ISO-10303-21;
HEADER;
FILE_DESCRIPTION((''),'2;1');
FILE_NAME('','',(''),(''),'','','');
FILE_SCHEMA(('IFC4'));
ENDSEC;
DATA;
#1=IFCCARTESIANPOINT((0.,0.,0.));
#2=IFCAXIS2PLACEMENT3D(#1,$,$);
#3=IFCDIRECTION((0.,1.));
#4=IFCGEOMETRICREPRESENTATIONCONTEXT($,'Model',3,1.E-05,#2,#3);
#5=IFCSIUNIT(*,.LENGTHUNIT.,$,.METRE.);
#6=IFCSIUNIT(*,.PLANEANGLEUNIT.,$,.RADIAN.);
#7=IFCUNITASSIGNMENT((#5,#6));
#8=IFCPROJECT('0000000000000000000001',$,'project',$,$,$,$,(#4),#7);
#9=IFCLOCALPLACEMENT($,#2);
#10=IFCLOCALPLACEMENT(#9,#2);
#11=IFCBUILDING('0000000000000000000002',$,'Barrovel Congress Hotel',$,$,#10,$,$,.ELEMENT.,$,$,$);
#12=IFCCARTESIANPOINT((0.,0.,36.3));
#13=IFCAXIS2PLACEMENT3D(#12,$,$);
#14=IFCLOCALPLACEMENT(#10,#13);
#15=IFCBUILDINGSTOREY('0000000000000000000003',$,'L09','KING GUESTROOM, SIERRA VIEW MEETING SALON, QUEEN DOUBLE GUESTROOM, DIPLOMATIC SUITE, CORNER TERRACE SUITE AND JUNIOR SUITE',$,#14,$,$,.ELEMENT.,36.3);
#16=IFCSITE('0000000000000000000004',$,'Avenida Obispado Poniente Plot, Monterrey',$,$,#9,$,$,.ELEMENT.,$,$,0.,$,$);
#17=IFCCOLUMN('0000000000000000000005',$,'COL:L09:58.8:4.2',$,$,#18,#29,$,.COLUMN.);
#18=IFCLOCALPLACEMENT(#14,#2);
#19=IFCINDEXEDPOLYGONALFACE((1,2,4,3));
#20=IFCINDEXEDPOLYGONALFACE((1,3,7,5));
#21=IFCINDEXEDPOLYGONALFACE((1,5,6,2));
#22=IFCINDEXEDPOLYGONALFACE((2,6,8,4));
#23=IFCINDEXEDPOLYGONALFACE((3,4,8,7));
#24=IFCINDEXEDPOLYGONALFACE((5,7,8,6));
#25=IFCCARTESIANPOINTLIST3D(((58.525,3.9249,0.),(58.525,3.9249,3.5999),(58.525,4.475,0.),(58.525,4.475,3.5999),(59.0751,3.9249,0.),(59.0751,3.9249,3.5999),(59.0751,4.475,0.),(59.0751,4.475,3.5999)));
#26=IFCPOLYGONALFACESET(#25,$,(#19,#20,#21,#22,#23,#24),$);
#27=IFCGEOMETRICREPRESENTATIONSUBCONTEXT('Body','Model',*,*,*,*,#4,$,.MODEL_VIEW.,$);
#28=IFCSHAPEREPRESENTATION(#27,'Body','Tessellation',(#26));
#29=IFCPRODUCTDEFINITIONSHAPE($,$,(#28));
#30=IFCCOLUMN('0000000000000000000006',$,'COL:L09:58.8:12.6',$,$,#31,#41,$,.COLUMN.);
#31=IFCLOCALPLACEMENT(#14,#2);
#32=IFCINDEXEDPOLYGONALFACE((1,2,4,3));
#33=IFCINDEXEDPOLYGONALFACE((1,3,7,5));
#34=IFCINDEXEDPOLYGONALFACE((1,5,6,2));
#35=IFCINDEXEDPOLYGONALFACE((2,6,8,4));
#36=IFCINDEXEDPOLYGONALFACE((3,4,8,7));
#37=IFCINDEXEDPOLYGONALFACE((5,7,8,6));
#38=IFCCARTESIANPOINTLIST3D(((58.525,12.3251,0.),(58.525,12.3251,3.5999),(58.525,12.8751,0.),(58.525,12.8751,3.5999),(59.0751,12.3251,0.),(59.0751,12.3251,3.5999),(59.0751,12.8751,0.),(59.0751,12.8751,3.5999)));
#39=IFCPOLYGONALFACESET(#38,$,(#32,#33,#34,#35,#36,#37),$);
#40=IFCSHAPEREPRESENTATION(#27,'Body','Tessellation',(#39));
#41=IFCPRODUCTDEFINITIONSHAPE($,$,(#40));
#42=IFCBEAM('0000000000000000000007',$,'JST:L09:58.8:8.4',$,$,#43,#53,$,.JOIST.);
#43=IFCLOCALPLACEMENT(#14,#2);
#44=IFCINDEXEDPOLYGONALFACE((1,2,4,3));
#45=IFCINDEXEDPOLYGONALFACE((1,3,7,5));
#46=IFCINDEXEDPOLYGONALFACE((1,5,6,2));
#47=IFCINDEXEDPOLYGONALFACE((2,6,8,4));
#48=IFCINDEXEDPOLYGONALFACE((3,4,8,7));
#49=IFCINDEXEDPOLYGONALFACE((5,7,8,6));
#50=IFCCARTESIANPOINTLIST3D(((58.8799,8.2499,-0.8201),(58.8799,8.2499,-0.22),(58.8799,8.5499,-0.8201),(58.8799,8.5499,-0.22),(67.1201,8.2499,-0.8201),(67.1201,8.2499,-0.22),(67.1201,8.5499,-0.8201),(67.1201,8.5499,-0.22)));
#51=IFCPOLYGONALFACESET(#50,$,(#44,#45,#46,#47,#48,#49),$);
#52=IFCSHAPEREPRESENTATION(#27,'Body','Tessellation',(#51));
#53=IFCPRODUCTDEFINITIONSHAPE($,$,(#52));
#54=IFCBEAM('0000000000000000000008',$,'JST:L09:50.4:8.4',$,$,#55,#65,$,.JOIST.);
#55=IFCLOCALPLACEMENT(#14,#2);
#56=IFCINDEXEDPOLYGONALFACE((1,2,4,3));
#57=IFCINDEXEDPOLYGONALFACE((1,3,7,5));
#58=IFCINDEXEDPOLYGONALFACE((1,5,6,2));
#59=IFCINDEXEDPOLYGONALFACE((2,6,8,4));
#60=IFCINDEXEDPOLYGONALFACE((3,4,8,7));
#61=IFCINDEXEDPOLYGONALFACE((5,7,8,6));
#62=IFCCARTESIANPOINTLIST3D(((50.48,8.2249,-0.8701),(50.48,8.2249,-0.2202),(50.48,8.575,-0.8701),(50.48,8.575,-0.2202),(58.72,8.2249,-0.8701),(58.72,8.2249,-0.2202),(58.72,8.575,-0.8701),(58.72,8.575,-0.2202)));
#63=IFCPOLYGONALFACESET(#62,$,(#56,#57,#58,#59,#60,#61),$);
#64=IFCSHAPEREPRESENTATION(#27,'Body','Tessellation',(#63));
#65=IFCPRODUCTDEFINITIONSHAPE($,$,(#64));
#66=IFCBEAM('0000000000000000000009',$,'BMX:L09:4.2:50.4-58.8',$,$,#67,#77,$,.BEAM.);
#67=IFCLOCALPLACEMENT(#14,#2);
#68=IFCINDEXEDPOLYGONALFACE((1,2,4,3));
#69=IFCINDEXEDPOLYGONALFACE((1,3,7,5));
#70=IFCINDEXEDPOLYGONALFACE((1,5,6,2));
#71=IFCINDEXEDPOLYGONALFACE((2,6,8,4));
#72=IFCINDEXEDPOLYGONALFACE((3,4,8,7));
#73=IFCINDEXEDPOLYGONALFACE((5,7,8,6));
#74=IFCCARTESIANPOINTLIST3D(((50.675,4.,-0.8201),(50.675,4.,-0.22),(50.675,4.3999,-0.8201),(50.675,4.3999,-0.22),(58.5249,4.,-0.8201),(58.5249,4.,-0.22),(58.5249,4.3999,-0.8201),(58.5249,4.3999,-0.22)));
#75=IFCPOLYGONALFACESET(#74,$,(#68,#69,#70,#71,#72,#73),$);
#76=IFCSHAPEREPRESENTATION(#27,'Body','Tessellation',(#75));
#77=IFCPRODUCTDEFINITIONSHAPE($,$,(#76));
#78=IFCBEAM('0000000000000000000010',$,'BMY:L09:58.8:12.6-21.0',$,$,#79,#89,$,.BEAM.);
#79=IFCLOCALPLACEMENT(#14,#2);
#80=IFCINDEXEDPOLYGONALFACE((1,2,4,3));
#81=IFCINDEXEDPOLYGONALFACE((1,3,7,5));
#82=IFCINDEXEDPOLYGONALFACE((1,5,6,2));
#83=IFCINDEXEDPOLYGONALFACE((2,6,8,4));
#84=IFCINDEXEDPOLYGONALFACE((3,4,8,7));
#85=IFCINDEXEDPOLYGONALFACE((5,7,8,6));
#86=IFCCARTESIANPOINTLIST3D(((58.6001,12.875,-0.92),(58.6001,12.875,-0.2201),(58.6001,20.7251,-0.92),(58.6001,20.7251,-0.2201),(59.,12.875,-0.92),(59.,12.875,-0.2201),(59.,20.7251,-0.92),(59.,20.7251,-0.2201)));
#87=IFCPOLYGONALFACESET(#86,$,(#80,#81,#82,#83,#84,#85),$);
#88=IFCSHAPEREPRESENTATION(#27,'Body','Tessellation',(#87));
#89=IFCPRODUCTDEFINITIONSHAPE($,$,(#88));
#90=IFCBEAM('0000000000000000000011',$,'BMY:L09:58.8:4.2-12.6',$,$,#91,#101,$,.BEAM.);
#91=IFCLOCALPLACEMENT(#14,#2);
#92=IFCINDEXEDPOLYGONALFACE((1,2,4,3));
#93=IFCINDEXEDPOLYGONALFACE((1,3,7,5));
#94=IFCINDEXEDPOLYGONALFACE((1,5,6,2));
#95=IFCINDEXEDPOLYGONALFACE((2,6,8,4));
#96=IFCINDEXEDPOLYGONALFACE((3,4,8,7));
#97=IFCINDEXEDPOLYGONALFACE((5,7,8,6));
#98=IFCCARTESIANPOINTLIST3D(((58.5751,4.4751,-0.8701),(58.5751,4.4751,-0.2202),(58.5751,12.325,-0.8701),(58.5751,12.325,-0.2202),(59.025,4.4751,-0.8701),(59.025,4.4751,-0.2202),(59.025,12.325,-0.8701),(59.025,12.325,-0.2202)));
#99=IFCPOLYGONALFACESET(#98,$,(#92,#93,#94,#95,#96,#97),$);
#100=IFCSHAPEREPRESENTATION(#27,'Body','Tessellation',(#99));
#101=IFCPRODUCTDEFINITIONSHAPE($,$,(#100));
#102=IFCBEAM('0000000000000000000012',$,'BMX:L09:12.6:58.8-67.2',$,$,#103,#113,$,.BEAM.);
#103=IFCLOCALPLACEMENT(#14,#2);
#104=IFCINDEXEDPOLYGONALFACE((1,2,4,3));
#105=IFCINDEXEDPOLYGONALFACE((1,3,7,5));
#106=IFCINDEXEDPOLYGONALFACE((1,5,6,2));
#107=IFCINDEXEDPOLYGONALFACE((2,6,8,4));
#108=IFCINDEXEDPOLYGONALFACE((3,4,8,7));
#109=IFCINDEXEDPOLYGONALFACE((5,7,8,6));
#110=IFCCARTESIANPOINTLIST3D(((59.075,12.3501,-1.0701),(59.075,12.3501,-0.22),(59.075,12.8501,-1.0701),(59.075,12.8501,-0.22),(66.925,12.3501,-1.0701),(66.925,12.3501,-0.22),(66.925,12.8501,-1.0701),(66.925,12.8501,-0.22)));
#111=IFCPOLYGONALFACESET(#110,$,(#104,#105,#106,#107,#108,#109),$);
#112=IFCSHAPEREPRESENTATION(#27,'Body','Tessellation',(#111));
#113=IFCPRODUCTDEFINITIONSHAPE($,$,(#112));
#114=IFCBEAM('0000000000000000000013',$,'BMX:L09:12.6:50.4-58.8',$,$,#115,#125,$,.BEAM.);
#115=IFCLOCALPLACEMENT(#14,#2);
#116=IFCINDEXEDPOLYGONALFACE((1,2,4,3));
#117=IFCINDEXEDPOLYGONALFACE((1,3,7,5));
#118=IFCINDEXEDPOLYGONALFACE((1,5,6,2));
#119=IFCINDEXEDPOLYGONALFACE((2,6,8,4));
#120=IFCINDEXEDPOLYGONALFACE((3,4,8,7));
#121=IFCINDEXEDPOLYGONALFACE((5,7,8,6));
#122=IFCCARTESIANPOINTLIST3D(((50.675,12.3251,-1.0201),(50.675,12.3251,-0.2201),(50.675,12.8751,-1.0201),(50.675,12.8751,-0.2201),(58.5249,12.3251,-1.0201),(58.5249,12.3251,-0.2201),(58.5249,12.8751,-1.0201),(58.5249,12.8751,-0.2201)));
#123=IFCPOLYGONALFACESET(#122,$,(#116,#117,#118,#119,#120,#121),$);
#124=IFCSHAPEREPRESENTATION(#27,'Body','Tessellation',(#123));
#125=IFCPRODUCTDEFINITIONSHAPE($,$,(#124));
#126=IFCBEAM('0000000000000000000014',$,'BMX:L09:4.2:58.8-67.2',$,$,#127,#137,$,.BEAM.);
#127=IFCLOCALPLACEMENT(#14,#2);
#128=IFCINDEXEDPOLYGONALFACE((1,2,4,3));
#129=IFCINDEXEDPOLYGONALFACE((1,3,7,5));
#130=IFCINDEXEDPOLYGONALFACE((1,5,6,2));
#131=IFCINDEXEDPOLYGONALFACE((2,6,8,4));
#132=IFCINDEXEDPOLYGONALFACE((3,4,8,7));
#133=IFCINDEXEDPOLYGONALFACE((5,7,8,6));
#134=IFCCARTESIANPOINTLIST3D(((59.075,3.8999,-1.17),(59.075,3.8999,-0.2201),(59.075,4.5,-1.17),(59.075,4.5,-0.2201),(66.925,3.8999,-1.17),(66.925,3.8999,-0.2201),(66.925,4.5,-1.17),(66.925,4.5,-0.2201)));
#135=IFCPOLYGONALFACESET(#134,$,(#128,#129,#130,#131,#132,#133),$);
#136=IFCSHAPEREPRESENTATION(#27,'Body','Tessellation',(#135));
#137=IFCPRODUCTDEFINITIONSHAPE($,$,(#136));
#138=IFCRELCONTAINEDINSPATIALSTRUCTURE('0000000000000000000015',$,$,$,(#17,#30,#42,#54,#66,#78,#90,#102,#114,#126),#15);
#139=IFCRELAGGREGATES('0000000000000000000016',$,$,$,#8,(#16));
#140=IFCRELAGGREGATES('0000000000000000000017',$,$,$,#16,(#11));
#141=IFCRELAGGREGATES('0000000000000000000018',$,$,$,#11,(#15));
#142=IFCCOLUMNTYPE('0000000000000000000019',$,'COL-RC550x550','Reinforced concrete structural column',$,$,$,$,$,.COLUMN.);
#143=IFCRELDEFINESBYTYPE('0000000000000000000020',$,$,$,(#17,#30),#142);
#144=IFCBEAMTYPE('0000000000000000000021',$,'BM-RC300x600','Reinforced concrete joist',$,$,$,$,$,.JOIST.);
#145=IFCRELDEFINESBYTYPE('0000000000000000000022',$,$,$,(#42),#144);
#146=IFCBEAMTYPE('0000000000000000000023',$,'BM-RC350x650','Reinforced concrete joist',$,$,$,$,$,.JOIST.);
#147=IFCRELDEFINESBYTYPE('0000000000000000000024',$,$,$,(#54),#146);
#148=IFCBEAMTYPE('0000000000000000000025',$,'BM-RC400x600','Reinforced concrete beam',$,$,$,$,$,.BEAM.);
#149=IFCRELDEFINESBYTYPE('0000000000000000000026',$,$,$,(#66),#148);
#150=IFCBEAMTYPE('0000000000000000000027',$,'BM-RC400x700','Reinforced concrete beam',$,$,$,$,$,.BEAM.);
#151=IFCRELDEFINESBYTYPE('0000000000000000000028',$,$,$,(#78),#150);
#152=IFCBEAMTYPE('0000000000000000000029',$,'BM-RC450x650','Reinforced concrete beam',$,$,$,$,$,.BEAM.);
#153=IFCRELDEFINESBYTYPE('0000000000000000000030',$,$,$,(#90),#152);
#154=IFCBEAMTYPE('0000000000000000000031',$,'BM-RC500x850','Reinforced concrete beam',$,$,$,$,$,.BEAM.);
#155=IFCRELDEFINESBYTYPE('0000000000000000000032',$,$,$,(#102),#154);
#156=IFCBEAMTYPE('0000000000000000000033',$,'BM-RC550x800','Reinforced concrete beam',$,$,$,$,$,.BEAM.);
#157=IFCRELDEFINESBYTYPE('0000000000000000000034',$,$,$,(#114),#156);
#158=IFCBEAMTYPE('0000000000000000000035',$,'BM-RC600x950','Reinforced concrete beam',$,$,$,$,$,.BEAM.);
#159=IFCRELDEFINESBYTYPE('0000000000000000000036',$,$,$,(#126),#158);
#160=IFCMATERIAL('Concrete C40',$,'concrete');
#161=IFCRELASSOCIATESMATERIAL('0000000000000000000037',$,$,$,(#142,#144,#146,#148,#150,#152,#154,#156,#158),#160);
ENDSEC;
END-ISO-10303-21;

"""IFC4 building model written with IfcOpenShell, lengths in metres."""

from ifc_helpers import new_model, si_unit, direction, frame, origin, origin_2d, place, context, subcontext, project, spatial, rectangle, extrude, material, material_profile, profile_set, type_object, element, save


model = new_model("IFC4")

# Units and contexts
model_context = context("Model", 3, precision=1e-05, world=origin(), true_north=direction((0.0, 1.0)))
body_context = subcontext(model_context, "Body", "Model", "MODEL_VIEW")
ifc_project = project(units=[si_unit("LENGTHUNIT", "METRE"), si_unit("PLANEANGLEUNIT", "RADIAN")], contexts=[model_context])

# Site, building, storey
site_placement = place(None, origin())
site = spatial("IfcSite", under=ifc_project, at=site_placement, Name="Avenida Obispado Poniente Plot, Monterrey", CompositionType="ELEMENT", RefElevation=0.0)
building_placement = place(site_placement, origin())
building = spatial("IfcBuilding", under=site, at=building_placement, Name="Barrovel Congress Hotel", CompositionType="ELEMENT")
storey_placement = place(building_placement, frame((0.0, 0.0, 36.3)))
storey = spatial("IfcBuildingStorey", under=building, at=storey_placement, Name="L09", Description="KING GUESTROOM, SIERRA VIEW MEETING SALON, QUEEN DOUBLE GUESTROOM, DIPLOMATIC SUITE, CORNER TERRACE SUITE AND JUNIOR SUITE", CompositionType="ELEMENT", Elevation=36.3)

# Columns
ifc_material_1 = material(Name="Concrete C40", Category="concrete")
ifc_material_profile_1 = material_profile(ifc_material_1, rectangle(XDim=0.55, YDim=0.55, at=origin_2d()), Name="RC550x550")
ifc_profile_set_1 = profile_set([ifc_material_profile_1], Name="Concrete C40")
column_type = type_object("IfcColumnType", Name="COL-RC550x550", Description="Reinforced concrete structural column", PredefinedType="COLUMN", material=ifc_profile_set_1)
for number, where, z_axis, x_axis, name in (
    (1, (58.8, 4.2, 0.0), (0.0, 0.0, 1.0), (1.0, 0.0, 0.0), "COL:L09:58.8:4.2"),
    (2, (58.8, 12.6001, 0.0), (0.0, 0.0, 1.0), (1.0, 0.0, 0.0), "COL:L09:58.8:12.6"),
):
    element("IfcColumn", number, at=place(storey_placement, frame(where, z_axis=z_axis, x_axis=x_axis)), inside=storey, type_object=column_type, Name=name, PredefinedType="COLUMN", context=body_context, shape_type="SweptSolid", body=[
        extrude(rectangle(XDim=0.55, YDim=0.55, at=origin_2d()), origin(), (0.0, 0.0, 1.0), 3.5999),
    ])

# Beams
ifc_material_profile_2 = material_profile(ifc_material_1, rectangle(XDim=0.3, YDim=0.6001, at=origin_2d()), Name="RC300x600")
ifc_profile_set_2 = profile_set([ifc_material_profile_2], Name="Concrete C40")
beam_type_1 = type_object("IfcBeamType", Name="BM-RC300x600", Description="Reinforced concrete joist", PredefinedType="JOIST", material=ifc_profile_set_2)
beam_1_placement = place(storey_placement, frame((58.8799, 8.3999, -0.52), z_axis=(1.0, 0.0, 0.0), x_axis=(0.0, 1.0, 0.0)))
element("IfcBeam", 3, at=beam_1_placement, inside=storey, type_object=beam_type_1, Name="JST:L09:58.8:8.4", PredefinedType="JOIST", context=body_context, shape_type="SweptSolid", body=[
    extrude(rectangle(XDim=0.3, YDim=0.6001, at=origin_2d()), origin(), (0.0, 0.0, 1.0), 8.2402),
])
ifc_material_profile_3 = material_profile(ifc_material_1, rectangle(XDim=0.3501, YDim=0.6499, at=origin_2d()), Name="RC350x650")
ifc_profile_set_3 = profile_set([ifc_material_profile_3], Name="Concrete C40")
beam_type_2 = type_object("IfcBeamType", Name="BM-RC350x650", Description="Reinforced concrete joist", PredefinedType="JOIST", material=ifc_profile_set_3)
beam_2_placement = place(storey_placement, frame((50.48, 8.3999, -0.5452), z_axis=(1.0, 0.0, 0.0), x_axis=(0.0, 1.0, 0.0)))
element("IfcBeam", 4, at=beam_2_placement, inside=storey, type_object=beam_type_2, Name="JST:L09:50.4:8.4", PredefinedType="JOIST", context=body_context, shape_type="SweptSolid", body=[
    extrude(rectangle(XDim=0.3501, YDim=0.6499, at=origin_2d()), origin(), (0.0, 0.0, 1.0), 8.24),
])
ifc_material_profile_4 = material_profile(ifc_material_1, rectangle(XDim=0.3999, YDim=0.6001, at=origin_2d()), Name="RC400x600")
ifc_profile_set_4 = profile_set([ifc_material_profile_4], Name="Concrete C40")
beam_type_3 = type_object("IfcBeamType", Name="BM-RC400x600", Description="Reinforced concrete beam", PredefinedType="BEAM", material=ifc_profile_set_4)
beam_3_placement = place(storey_placement, frame((50.675, 4.2, -0.52), z_axis=(1.0, 0.0, 0.0), x_axis=(0.0, 1.0, 0.0)))
element("IfcBeam", 5, at=beam_3_placement, inside=storey, type_object=beam_type_3, Name="BMX:L09:4.2:50.4-58.8", PredefinedType="BEAM", context=body_context, shape_type="SweptSolid", body=[
    extrude(rectangle(XDim=0.3999, YDim=0.6001, at=origin_2d()), origin(), (0.0, 0.0, 1.0), 7.8499),
])
ifc_material_profile_5 = material_profile(ifc_material_1, rectangle(XDim=0.3999, YDim=0.7, at=origin_2d()), Name="RC400x700")
ifc_profile_set_5 = profile_set([ifc_material_profile_5], Name="Concrete C40")
beam_type_4 = type_object("IfcBeamType", Name="BM-RC400x700", Description="Reinforced concrete beam", PredefinedType="BEAM", material=ifc_profile_set_5)
beam_4_placement = place(storey_placement, frame((58.8, 12.875, -0.5701), z_axis=(0.0, 1.0, 0.0), x_axis=(-1.0, 0.0, 0.0)))
element("IfcBeam", 6, at=beam_4_placement, inside=storey, type_object=beam_type_4, Name="BMY:L09:58.8:12.6-21.0", PredefinedType="BEAM", context=body_context, shape_type="SweptSolid", body=[
    extrude(rectangle(XDim=0.3999, YDim=0.7, at=origin_2d()), origin(), (0.0, 0.0, 1.0), 7.8501),
])
ifc_material_profile_6 = material_profile(ifc_material_1, rectangle(XDim=0.45, YDim=0.6499, at=origin_2d()), Name="RC450x650")
ifc_profile_set_6 = profile_set([ifc_material_profile_6], Name="Concrete C40")
beam_type_5 = type_object("IfcBeamType", Name="BM-RC450x650", Description="Reinforced concrete beam", PredefinedType="BEAM", material=ifc_profile_set_6)
beam_5_placement = place(storey_placement, frame((58.8, 4.4751, -0.5452), z_axis=(0.0, 1.0, 0.0), x_axis=(-1.0, 0.0, 0.0)))
element("IfcBeam", 7, at=beam_5_placement, inside=storey, type_object=beam_type_5, Name="BMY:L09:58.8:4.2-12.6", PredefinedType="BEAM", context=body_context, shape_type="SweptSolid", body=[
    extrude(rectangle(XDim=0.45, YDim=0.6499, at=origin_2d()), origin(), (0.0, 0.0, 1.0), 7.8499),
])
ifc_material_profile_7 = material_profile(ifc_material_1, rectangle(XDim=0.5, YDim=0.8501, at=origin_2d()), Name="RC500x850")
ifc_profile_set_7 = profile_set([ifc_material_profile_7], Name="Concrete C40")
beam_type_6 = type_object("IfcBeamType", Name="BM-RC500x850", Description="Reinforced concrete beam", PredefinedType="BEAM", material=ifc_profile_set_7)
beam_6_placement = place(storey_placement, frame((59.075, 12.6001, -0.645), z_axis=(1.0, 0.0, 0.0), x_axis=(0.0, 1.0, 0.0)))
element("IfcBeam", 8, at=beam_6_placement, inside=storey, type_object=beam_type_6, Name="BMX:L09:12.6:58.8-67.2", PredefinedType="BEAM", context=body_context, shape_type="SweptSolid", body=[
    extrude(rectangle(XDim=0.5, YDim=0.8501, at=origin_2d()), origin(), (0.0, 0.0, 1.0), 7.8501),
])
ifc_material_profile_8 = material_profile(ifc_material_1, rectangle(XDim=0.55, YDim=0.8, at=origin_2d()), Name="RC550x800")
ifc_profile_set_8 = profile_set([ifc_material_profile_8], Name="Concrete C40")
beam_type_7 = type_object("IfcBeamType", Name="BM-RC550x800", Description="Reinforced concrete beam", PredefinedType="BEAM", material=ifc_profile_set_8)
beam_7_placement = place(storey_placement, frame((50.675, 12.6001, -0.6201), z_axis=(1.0, 0.0, 0.0), x_axis=(0.0, 1.0, 0.0)))
element("IfcBeam", 9, at=beam_7_placement, inside=storey, type_object=beam_type_7, Name="BMX:L09:12.6:50.4-58.8", PredefinedType="BEAM", context=body_context, shape_type="SweptSolid", body=[
    extrude(rectangle(XDim=0.55, YDim=0.8, at=origin_2d()), origin(), (0.0, 0.0, 1.0), 7.8499),
])
ifc_material_profile_9 = material_profile(ifc_material_1, rectangle(XDim=0.6001, YDim=0.95, at=origin_2d()), Name="RC600x950")
ifc_profile_set_9 = profile_set([ifc_material_profile_9], Name="Concrete C40")
beam_type_8 = type_object("IfcBeamType", Name="BM-RC600x950", Description="Reinforced concrete beam", PredefinedType="BEAM", material=ifc_profile_set_9)
beam_8_placement = place(storey_placement, frame((59.075, 4.2, -0.6951), z_axis=(1.0, 0.0, 0.0), x_axis=(0.0, 1.0, 0.0)))
element("IfcBeam", 10, at=beam_8_placement, inside=storey, type_object=beam_type_8, Name="BMX:L09:4.2:58.8-67.2", PredefinedType="BEAM", context=body_context, shape_type="SweptSolid", body=[
    extrude(rectangle(XDim=0.6001, YDim=0.95, at=origin_2d()), origin(), (0.0, 0.0, 1.0), 7.8501),
])

save(model, "model.ifc")
